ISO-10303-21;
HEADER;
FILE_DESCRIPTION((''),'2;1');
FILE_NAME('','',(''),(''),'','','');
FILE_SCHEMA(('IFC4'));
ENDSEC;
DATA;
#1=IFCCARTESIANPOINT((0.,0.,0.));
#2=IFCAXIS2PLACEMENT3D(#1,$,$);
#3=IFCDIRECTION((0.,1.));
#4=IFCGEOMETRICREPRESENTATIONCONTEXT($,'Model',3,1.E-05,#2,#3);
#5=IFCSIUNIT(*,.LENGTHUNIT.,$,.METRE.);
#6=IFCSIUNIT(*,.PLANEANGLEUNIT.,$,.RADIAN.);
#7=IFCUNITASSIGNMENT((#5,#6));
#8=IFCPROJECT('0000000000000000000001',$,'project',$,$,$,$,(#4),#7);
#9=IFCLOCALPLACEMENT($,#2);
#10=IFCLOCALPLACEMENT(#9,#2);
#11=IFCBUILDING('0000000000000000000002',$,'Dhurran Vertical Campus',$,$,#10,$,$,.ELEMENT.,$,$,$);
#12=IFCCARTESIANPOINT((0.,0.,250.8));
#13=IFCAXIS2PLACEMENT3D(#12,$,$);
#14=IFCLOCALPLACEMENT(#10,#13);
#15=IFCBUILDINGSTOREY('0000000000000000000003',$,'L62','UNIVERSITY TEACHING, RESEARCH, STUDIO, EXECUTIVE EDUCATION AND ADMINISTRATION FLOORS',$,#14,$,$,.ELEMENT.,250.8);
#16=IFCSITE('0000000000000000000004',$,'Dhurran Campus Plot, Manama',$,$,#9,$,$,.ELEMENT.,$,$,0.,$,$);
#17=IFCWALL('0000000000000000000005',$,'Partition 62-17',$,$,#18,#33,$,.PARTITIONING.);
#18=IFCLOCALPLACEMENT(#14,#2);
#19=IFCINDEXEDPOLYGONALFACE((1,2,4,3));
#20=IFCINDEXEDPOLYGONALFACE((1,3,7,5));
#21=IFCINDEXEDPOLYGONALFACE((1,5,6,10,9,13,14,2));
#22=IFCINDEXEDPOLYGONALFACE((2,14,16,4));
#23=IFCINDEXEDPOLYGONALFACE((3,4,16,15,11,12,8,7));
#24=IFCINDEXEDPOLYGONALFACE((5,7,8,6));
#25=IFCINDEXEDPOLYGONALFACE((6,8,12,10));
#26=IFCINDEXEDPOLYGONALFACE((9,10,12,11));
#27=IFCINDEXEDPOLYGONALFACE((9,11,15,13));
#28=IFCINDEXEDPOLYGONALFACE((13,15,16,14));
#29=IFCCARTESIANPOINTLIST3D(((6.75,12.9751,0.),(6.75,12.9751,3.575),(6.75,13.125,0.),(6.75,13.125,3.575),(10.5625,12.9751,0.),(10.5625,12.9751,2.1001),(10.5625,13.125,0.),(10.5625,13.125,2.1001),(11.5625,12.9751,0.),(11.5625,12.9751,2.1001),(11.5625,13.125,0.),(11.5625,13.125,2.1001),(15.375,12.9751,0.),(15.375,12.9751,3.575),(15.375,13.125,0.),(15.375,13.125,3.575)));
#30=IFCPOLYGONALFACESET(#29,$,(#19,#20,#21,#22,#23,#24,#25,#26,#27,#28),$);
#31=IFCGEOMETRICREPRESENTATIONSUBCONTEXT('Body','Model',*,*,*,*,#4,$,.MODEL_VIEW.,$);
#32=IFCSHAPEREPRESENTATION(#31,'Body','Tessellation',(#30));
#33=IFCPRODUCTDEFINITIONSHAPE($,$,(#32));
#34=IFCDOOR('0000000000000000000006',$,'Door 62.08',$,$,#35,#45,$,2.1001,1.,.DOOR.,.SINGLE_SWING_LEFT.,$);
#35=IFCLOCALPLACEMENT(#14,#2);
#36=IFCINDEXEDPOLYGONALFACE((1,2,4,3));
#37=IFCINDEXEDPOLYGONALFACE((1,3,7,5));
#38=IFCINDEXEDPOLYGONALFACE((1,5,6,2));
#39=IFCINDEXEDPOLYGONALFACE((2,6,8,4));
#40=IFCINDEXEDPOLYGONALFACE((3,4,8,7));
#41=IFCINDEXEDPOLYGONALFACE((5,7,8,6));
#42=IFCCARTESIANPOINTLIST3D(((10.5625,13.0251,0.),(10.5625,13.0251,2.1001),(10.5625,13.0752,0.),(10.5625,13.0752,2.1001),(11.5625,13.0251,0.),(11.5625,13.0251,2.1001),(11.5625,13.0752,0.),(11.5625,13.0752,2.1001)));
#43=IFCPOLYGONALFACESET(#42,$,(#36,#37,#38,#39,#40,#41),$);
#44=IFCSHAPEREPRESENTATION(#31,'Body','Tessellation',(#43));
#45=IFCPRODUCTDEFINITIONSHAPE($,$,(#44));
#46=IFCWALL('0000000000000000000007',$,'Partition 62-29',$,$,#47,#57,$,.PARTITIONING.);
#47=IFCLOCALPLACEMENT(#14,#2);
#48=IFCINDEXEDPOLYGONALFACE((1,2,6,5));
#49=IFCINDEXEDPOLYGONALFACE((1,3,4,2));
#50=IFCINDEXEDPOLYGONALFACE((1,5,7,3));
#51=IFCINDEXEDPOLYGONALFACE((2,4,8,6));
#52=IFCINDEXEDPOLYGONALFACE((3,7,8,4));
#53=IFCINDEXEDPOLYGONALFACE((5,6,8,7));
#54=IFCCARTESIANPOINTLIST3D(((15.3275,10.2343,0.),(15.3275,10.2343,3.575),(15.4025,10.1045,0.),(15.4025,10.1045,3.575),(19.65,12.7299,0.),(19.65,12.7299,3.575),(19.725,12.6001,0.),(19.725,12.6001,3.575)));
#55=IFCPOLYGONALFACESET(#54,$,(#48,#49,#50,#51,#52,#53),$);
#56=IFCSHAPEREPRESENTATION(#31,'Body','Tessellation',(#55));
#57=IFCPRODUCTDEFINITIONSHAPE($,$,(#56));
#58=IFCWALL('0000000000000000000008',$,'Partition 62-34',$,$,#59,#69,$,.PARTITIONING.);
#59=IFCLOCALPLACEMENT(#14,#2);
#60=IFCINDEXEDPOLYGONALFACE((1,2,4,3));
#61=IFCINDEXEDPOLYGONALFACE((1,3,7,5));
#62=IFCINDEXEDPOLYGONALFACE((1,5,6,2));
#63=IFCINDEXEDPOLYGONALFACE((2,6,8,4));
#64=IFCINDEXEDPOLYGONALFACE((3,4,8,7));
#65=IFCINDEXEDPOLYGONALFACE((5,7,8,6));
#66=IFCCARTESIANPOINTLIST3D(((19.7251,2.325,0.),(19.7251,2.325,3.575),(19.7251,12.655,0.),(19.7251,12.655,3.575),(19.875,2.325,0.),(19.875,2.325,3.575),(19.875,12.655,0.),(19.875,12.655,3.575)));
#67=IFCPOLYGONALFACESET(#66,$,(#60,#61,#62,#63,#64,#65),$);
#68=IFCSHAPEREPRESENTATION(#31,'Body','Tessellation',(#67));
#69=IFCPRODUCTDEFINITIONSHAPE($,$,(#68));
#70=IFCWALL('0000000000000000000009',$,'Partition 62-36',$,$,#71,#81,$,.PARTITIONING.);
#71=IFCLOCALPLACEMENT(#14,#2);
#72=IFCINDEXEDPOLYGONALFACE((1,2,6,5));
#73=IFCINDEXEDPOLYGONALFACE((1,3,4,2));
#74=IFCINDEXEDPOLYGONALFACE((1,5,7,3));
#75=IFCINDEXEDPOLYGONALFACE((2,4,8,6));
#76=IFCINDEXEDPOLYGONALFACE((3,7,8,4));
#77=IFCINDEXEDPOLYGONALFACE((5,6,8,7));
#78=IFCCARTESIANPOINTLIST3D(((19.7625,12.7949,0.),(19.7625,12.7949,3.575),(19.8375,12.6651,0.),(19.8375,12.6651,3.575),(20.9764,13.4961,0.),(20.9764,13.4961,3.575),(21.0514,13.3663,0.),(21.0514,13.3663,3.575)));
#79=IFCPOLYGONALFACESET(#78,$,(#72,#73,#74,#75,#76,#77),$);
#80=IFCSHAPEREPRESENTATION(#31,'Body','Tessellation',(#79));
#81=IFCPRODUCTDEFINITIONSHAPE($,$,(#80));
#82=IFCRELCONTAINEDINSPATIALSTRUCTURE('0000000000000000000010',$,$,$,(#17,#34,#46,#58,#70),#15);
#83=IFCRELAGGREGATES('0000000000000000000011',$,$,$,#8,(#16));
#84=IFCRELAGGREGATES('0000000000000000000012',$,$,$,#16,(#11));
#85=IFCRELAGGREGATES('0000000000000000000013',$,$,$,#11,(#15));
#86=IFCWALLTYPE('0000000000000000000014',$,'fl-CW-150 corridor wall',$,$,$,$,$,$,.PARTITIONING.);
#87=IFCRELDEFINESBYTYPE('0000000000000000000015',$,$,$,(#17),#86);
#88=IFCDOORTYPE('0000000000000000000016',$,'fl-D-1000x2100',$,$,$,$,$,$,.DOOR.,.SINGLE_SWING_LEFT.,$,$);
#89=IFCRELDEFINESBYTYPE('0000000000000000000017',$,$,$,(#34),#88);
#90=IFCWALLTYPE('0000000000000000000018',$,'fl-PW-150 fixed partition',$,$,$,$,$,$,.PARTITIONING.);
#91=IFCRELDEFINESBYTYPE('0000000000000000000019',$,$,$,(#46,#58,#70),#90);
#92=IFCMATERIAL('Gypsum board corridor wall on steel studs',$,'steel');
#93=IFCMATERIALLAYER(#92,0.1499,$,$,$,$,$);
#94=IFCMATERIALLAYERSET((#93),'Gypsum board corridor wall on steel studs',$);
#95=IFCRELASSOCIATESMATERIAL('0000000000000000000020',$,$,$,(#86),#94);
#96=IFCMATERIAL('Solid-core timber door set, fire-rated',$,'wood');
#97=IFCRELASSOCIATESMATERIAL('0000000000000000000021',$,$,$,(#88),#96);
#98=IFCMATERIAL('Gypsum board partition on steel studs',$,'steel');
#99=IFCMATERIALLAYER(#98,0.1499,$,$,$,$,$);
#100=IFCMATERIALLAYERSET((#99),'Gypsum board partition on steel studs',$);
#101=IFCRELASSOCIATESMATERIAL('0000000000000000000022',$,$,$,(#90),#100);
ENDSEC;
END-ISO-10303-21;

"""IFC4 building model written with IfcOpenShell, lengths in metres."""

from ifc_helpers import new_model, si_unit, direction, frame, frame_2d, origin, place, context, subcontext, project, spatial, rectangle, extrude, material, layer, layer_set, type_object, element, fill, save


model = new_model("IFC4")

# Units and contexts
model_context = context("Model", 3, precision=1e-05, world=origin(), true_north=direction((0.0, 1.0)))
body_context = subcontext(model_context, "Body", "Model", "MODEL_VIEW")
ifc_project = project(units=[si_unit("LENGTHUNIT", "METRE"), si_unit("PLANEANGLEUNIT", "RADIAN")], contexts=[model_context])

# Site, building, storey
site_placement = place(None, origin())
site = spatial("IfcSite", under=ifc_project, at=site_placement, Name="Dhurran Campus Plot, Manama", CompositionType="ELEMENT", RefElevation=0.0)
building_placement = place(site_placement, origin())
building = spatial("IfcBuilding", under=site, at=building_placement, Name="Dhurran Vertical Campus", CompositionType="ELEMENT")
storey_placement = place(building_placement, frame((0.0, 0.0, 250.8)))
storey = spatial("IfcBuildingStorey", under=building, at=storey_placement, Name="L62", Description="UNIVERSITY TEACHING, RESEARCH, STUDIO, EXECUTIVE EDUCATION AND ADMINISTRATION FLOORS", CompositionType="ELEMENT", Elevation=250.8)

# Wall, opening, door
ifc_material_1 = material(Name="Gypsum board corridor wall on steel studs", Category="steel")
ifc_layer_1 = layer(ifc_material_1, 0.1499)
ifc_layer_set_1 = layer_set([ifc_layer_1], Name="Gypsum board corridor wall on steel studs")
wall_type_1 = type_object("IfcWallType", Name="fl-CW-150 corridor wall", PredefinedType="PARTITIONING", material=ifc_layer_set_1)
wall_1_placement = place(storey_placement, frame((15.375, 13.05, 0.0), z_axis=(0.0, 0.0, 1.0), x_axis=(-1.0, 0.0, 0.0)))
wall_1 = element("IfcWall", 1, at=wall_1_placement, inside=storey, type_object=wall_type_1, Name="Partition 62-17", PredefinedType="PARTITIONING", context=body_context, shape_type="SweptSolid", body=[
    extrude(rectangle(XDim=8.625, YDim=0.1499, at=frame_2d((4.3125, 0.0))), origin(), (0.0, 0.0, 1.0), 3.575),
])
opening_1_placement = place(wall_1_placement, frame((3.8125, 0.0, 0.0)))
opening_1 = element("IfcOpeningElement", 2, at=opening_1_placement, cuts=wall_1, PredefinedType="OPENING", context=body_context, shape_type="SweptSolid", body=[
    extrude(rectangle(XDim=1.0, YDim=2.1001, at=frame_2d((0.5, 1.05))), frame((0.0, 0.085, 0.0), z_axis=(0.0, -1.0, 0.0), x_axis=(1.0, 0.0, 0.0)), (0.0, 0.0, 1.0), 0.1699),
])
ifc_material_2 = material(Name="Solid-core timber door set, fire-rated", Category="wood")
door_type = type_object("IfcDoorType", Name="fl-D-1000x2100", OperationType="SINGLE_SWING_LEFT", PredefinedType="DOOR", material=ifc_material_2)
door_placement = place(opening_1_placement, origin())
door = element("IfcDoor", 3, at=door_placement, inside=storey, type_object=door_type, Name="Door 62.08", OperationType="SINGLE_SWING_LEFT", OverallHeight=2.1001, OverallWidth=1.0, PredefinedType="DOOR", context=body_context, shape_type="SweptSolid", body=[
    extrude(rectangle(XDim=1.0, YDim=2.1001, at=frame_2d((0.5, 1.05))), frame((0.0, 0.0249, 0.0), z_axis=(0.0, -1.0, 0.0), x_axis=(1.0, 0.0, 0.0)), (0.0, 0.0, 1.0), 0.05),
])
fill(opening_1, door)

# Walls
ifc_material_3 = material(Name="Gypsum board partition on steel studs", Category="steel")
ifc_layer_2 = layer(ifc_material_3, 0.1499)
ifc_layer_set_2 = layer_set([ifc_layer_2], Name="Gypsum board partition on steel studs")
wall_type_2 = type_object("IfcWallType", Name="fl-PW-150 fixed partition", PredefinedType="PARTITIONING", material=ifc_layer_set_2)
wall_2_placement = place(storey_placement, frame((19.6875, 12.665, 0.0), z_axis=(0.0, 0.0, 1.0), x_axis=(-0.866025, -0.5, 0.0)))
element("IfcWall", 4, at=wall_2_placement, inside=storey, type_object=wall_type_2, Name="Partition 62-29", PredefinedType="PARTITIONING", context=body_context, shape_type="SweptSolid", body=[
    extrude(rectangle(XDim=4.9912, YDim=0.1499, at=frame_2d((2.4956, 0.0))), origin(), (0.0, 0.0, 1.0), 3.575),
])
wall_3_placement = place(storey_placement, frame((19.8, 12.655, 0.0), z_axis=(0.0, 0.0, 1.0), x_axis=(0.0, -1.0, 0.0)))
element("IfcWall", 5, at=wall_3_placement, inside=storey, type_object=wall_type_2, Name="Partition 62-34", PredefinedType="PARTITIONING", context=body_context, shape_type="SweptSolid", body=[
    extrude(rectangle(XDim=10.3301, YDim=0.1499, at=frame_2d((5.165, 0.0))), origin(), (0.0, 0.0, 1.0), 3.575),
])
wall_4_placement = place(storey_placement, frame((21.0139, 13.4312, 0.0), z_axis=(0.0, 0.0, 1.0), x_axis=(-0.865919, -0.500185, 0.0)))
element("IfcWall", 6, at=wall_4_placement, inside=storey, type_object=wall_type_2, Name="Partition 62-36", PredefinedType="PARTITIONING", context=body_context, shape_type="SweptSolid", body=[
    extrude(rectangle(XDim=1.4019, YDim=0.1499, at=frame_2d((0.7009, 0.0))), origin(), (0.0, 0.0, 1.0), 3.575),
])

save(model, "model.ifc")
